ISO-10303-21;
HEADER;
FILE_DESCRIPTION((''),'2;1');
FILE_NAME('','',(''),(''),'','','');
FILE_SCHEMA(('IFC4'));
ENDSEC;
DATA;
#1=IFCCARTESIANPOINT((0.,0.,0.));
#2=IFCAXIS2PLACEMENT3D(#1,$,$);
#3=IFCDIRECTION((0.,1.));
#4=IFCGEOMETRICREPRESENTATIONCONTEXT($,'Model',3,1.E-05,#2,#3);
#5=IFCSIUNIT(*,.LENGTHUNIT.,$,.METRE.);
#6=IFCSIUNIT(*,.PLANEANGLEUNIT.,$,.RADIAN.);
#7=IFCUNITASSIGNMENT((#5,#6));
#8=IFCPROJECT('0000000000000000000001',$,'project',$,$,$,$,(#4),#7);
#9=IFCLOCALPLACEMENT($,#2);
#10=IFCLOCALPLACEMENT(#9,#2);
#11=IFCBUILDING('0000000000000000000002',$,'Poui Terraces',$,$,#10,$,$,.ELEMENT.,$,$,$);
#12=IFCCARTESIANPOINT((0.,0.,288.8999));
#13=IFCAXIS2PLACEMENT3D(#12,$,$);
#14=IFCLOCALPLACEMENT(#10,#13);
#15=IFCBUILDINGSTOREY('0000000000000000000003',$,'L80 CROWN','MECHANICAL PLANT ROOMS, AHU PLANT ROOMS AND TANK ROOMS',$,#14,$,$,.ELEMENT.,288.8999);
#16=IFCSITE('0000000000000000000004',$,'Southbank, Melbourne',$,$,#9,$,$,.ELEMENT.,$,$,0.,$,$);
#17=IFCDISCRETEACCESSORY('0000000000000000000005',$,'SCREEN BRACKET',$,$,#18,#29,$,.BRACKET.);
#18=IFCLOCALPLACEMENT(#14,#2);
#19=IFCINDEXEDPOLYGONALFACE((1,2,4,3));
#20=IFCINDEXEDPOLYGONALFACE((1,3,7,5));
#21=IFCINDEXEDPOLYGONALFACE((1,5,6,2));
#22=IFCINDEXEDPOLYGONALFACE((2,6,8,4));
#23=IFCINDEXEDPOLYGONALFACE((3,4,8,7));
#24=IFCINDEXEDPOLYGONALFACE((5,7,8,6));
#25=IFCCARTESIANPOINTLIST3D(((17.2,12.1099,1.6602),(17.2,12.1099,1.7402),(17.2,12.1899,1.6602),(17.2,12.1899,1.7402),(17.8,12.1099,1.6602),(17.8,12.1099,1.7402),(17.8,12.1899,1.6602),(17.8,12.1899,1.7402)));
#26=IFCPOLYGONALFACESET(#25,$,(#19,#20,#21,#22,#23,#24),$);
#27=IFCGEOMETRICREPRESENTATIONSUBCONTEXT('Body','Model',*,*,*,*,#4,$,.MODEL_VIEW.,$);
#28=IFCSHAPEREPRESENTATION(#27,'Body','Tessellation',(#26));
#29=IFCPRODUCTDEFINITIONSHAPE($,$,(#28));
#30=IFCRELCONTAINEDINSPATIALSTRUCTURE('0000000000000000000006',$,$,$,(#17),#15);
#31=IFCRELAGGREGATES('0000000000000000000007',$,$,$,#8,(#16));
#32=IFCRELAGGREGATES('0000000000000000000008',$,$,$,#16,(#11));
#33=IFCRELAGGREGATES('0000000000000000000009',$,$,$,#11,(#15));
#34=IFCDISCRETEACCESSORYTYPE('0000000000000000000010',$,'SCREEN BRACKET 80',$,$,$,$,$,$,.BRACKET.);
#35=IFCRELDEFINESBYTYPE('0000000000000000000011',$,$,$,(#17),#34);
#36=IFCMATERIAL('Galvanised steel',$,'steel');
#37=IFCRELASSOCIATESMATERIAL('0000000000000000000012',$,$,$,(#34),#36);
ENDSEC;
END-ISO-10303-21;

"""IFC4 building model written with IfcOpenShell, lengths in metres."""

from ifc_helpers import new_model, si_unit, direction, frame, origin, origin_2d, place, context, subcontext, project, spatial, rectangle, extrude, source, transform, mapped, material, material_profile, profile_set, type_object, element, save


model = new_model("IFC4")

# Units and contexts
model_context = context("Model", 3, precision=1e-05, world=origin(), true_north=direction((0.0, 1.0)))
body_context = subcontext(model_context, "Body", "Model", "MODEL_VIEW")
ifc_project = project(units=[si_unit("LENGTHUNIT", "METRE"), si_unit("PLANEANGLEUNIT", "RADIAN")], contexts=[model_context])

# Site, building, storey
site_placement = place(None, origin())
site = spatial("IfcSite", under=ifc_project, at=site_placement, Name="Southbank, Melbourne", CompositionType="ELEMENT", RefElevation=0.0)
building_placement = place(site_placement, origin())
building = spatial("IfcBuilding", under=site, at=building_placement, Name="Poui Terraces", CompositionType="ELEMENT")
storey_placement = place(building_placement, frame((0.0, 0.0, 288.8999)))
storey = spatial("IfcBuildingStorey", under=building, at=storey_placement, Name="L80 CROWN", Description="MECHANICAL PLANT ROOMS, AHU PLANT ROOMS AND TANK ROOMS", CompositionType="ELEMENT", Elevation=288.8999)

# Discrete accessory
ifc_material_1 = material(Name="Galvanised steel", Category="steel")
ifc_material_profile_1 = material_profile(ifc_material_1, rectangle(XDim=0.0801, YDim=0.0801, at=origin_2d()), Name="SCREEN BRACKET 80")
ifc_profile_set_1 = profile_set([ifc_material_profile_1], Name="Galvanised steel")
discrete_accessory_type = type_object("IfcDiscreteAccessoryType", Name="SCREEN BRACKET 80", PredefinedType="BRACKET", material=ifc_profile_set_1)
shared_shape_1 = source(origin(), body_context, "Body", "SweptSolid", [
    extrude(rectangle(XDim=0.0801, YDim=0.0801, at=origin_2d()), origin(), (0.0, 0.0, 1.0), 0.6001),
])
for number, where, z_axis, x_axis, name in (
    (1, (17.8, 12.1499, 1.7002), (-1.0, 0.0, 0.0), (0.0, -1.0, 0.0), "SCREEN BRACKET"),
):
    element("IfcDiscreteAccessory", number, at=place(storey_placement, frame(where, z_axis=z_axis, x_axis=x_axis)), inside=storey, type_object=discrete_accessory_type, Name=name, PredefinedType="BRACKET", context=body_context, shape_type="MappedRepresentation", body=[
        mapped(shared_shape_1, transform((0.0, 0.0, 0.0))),
    ])

save(model, "model.ifc")
